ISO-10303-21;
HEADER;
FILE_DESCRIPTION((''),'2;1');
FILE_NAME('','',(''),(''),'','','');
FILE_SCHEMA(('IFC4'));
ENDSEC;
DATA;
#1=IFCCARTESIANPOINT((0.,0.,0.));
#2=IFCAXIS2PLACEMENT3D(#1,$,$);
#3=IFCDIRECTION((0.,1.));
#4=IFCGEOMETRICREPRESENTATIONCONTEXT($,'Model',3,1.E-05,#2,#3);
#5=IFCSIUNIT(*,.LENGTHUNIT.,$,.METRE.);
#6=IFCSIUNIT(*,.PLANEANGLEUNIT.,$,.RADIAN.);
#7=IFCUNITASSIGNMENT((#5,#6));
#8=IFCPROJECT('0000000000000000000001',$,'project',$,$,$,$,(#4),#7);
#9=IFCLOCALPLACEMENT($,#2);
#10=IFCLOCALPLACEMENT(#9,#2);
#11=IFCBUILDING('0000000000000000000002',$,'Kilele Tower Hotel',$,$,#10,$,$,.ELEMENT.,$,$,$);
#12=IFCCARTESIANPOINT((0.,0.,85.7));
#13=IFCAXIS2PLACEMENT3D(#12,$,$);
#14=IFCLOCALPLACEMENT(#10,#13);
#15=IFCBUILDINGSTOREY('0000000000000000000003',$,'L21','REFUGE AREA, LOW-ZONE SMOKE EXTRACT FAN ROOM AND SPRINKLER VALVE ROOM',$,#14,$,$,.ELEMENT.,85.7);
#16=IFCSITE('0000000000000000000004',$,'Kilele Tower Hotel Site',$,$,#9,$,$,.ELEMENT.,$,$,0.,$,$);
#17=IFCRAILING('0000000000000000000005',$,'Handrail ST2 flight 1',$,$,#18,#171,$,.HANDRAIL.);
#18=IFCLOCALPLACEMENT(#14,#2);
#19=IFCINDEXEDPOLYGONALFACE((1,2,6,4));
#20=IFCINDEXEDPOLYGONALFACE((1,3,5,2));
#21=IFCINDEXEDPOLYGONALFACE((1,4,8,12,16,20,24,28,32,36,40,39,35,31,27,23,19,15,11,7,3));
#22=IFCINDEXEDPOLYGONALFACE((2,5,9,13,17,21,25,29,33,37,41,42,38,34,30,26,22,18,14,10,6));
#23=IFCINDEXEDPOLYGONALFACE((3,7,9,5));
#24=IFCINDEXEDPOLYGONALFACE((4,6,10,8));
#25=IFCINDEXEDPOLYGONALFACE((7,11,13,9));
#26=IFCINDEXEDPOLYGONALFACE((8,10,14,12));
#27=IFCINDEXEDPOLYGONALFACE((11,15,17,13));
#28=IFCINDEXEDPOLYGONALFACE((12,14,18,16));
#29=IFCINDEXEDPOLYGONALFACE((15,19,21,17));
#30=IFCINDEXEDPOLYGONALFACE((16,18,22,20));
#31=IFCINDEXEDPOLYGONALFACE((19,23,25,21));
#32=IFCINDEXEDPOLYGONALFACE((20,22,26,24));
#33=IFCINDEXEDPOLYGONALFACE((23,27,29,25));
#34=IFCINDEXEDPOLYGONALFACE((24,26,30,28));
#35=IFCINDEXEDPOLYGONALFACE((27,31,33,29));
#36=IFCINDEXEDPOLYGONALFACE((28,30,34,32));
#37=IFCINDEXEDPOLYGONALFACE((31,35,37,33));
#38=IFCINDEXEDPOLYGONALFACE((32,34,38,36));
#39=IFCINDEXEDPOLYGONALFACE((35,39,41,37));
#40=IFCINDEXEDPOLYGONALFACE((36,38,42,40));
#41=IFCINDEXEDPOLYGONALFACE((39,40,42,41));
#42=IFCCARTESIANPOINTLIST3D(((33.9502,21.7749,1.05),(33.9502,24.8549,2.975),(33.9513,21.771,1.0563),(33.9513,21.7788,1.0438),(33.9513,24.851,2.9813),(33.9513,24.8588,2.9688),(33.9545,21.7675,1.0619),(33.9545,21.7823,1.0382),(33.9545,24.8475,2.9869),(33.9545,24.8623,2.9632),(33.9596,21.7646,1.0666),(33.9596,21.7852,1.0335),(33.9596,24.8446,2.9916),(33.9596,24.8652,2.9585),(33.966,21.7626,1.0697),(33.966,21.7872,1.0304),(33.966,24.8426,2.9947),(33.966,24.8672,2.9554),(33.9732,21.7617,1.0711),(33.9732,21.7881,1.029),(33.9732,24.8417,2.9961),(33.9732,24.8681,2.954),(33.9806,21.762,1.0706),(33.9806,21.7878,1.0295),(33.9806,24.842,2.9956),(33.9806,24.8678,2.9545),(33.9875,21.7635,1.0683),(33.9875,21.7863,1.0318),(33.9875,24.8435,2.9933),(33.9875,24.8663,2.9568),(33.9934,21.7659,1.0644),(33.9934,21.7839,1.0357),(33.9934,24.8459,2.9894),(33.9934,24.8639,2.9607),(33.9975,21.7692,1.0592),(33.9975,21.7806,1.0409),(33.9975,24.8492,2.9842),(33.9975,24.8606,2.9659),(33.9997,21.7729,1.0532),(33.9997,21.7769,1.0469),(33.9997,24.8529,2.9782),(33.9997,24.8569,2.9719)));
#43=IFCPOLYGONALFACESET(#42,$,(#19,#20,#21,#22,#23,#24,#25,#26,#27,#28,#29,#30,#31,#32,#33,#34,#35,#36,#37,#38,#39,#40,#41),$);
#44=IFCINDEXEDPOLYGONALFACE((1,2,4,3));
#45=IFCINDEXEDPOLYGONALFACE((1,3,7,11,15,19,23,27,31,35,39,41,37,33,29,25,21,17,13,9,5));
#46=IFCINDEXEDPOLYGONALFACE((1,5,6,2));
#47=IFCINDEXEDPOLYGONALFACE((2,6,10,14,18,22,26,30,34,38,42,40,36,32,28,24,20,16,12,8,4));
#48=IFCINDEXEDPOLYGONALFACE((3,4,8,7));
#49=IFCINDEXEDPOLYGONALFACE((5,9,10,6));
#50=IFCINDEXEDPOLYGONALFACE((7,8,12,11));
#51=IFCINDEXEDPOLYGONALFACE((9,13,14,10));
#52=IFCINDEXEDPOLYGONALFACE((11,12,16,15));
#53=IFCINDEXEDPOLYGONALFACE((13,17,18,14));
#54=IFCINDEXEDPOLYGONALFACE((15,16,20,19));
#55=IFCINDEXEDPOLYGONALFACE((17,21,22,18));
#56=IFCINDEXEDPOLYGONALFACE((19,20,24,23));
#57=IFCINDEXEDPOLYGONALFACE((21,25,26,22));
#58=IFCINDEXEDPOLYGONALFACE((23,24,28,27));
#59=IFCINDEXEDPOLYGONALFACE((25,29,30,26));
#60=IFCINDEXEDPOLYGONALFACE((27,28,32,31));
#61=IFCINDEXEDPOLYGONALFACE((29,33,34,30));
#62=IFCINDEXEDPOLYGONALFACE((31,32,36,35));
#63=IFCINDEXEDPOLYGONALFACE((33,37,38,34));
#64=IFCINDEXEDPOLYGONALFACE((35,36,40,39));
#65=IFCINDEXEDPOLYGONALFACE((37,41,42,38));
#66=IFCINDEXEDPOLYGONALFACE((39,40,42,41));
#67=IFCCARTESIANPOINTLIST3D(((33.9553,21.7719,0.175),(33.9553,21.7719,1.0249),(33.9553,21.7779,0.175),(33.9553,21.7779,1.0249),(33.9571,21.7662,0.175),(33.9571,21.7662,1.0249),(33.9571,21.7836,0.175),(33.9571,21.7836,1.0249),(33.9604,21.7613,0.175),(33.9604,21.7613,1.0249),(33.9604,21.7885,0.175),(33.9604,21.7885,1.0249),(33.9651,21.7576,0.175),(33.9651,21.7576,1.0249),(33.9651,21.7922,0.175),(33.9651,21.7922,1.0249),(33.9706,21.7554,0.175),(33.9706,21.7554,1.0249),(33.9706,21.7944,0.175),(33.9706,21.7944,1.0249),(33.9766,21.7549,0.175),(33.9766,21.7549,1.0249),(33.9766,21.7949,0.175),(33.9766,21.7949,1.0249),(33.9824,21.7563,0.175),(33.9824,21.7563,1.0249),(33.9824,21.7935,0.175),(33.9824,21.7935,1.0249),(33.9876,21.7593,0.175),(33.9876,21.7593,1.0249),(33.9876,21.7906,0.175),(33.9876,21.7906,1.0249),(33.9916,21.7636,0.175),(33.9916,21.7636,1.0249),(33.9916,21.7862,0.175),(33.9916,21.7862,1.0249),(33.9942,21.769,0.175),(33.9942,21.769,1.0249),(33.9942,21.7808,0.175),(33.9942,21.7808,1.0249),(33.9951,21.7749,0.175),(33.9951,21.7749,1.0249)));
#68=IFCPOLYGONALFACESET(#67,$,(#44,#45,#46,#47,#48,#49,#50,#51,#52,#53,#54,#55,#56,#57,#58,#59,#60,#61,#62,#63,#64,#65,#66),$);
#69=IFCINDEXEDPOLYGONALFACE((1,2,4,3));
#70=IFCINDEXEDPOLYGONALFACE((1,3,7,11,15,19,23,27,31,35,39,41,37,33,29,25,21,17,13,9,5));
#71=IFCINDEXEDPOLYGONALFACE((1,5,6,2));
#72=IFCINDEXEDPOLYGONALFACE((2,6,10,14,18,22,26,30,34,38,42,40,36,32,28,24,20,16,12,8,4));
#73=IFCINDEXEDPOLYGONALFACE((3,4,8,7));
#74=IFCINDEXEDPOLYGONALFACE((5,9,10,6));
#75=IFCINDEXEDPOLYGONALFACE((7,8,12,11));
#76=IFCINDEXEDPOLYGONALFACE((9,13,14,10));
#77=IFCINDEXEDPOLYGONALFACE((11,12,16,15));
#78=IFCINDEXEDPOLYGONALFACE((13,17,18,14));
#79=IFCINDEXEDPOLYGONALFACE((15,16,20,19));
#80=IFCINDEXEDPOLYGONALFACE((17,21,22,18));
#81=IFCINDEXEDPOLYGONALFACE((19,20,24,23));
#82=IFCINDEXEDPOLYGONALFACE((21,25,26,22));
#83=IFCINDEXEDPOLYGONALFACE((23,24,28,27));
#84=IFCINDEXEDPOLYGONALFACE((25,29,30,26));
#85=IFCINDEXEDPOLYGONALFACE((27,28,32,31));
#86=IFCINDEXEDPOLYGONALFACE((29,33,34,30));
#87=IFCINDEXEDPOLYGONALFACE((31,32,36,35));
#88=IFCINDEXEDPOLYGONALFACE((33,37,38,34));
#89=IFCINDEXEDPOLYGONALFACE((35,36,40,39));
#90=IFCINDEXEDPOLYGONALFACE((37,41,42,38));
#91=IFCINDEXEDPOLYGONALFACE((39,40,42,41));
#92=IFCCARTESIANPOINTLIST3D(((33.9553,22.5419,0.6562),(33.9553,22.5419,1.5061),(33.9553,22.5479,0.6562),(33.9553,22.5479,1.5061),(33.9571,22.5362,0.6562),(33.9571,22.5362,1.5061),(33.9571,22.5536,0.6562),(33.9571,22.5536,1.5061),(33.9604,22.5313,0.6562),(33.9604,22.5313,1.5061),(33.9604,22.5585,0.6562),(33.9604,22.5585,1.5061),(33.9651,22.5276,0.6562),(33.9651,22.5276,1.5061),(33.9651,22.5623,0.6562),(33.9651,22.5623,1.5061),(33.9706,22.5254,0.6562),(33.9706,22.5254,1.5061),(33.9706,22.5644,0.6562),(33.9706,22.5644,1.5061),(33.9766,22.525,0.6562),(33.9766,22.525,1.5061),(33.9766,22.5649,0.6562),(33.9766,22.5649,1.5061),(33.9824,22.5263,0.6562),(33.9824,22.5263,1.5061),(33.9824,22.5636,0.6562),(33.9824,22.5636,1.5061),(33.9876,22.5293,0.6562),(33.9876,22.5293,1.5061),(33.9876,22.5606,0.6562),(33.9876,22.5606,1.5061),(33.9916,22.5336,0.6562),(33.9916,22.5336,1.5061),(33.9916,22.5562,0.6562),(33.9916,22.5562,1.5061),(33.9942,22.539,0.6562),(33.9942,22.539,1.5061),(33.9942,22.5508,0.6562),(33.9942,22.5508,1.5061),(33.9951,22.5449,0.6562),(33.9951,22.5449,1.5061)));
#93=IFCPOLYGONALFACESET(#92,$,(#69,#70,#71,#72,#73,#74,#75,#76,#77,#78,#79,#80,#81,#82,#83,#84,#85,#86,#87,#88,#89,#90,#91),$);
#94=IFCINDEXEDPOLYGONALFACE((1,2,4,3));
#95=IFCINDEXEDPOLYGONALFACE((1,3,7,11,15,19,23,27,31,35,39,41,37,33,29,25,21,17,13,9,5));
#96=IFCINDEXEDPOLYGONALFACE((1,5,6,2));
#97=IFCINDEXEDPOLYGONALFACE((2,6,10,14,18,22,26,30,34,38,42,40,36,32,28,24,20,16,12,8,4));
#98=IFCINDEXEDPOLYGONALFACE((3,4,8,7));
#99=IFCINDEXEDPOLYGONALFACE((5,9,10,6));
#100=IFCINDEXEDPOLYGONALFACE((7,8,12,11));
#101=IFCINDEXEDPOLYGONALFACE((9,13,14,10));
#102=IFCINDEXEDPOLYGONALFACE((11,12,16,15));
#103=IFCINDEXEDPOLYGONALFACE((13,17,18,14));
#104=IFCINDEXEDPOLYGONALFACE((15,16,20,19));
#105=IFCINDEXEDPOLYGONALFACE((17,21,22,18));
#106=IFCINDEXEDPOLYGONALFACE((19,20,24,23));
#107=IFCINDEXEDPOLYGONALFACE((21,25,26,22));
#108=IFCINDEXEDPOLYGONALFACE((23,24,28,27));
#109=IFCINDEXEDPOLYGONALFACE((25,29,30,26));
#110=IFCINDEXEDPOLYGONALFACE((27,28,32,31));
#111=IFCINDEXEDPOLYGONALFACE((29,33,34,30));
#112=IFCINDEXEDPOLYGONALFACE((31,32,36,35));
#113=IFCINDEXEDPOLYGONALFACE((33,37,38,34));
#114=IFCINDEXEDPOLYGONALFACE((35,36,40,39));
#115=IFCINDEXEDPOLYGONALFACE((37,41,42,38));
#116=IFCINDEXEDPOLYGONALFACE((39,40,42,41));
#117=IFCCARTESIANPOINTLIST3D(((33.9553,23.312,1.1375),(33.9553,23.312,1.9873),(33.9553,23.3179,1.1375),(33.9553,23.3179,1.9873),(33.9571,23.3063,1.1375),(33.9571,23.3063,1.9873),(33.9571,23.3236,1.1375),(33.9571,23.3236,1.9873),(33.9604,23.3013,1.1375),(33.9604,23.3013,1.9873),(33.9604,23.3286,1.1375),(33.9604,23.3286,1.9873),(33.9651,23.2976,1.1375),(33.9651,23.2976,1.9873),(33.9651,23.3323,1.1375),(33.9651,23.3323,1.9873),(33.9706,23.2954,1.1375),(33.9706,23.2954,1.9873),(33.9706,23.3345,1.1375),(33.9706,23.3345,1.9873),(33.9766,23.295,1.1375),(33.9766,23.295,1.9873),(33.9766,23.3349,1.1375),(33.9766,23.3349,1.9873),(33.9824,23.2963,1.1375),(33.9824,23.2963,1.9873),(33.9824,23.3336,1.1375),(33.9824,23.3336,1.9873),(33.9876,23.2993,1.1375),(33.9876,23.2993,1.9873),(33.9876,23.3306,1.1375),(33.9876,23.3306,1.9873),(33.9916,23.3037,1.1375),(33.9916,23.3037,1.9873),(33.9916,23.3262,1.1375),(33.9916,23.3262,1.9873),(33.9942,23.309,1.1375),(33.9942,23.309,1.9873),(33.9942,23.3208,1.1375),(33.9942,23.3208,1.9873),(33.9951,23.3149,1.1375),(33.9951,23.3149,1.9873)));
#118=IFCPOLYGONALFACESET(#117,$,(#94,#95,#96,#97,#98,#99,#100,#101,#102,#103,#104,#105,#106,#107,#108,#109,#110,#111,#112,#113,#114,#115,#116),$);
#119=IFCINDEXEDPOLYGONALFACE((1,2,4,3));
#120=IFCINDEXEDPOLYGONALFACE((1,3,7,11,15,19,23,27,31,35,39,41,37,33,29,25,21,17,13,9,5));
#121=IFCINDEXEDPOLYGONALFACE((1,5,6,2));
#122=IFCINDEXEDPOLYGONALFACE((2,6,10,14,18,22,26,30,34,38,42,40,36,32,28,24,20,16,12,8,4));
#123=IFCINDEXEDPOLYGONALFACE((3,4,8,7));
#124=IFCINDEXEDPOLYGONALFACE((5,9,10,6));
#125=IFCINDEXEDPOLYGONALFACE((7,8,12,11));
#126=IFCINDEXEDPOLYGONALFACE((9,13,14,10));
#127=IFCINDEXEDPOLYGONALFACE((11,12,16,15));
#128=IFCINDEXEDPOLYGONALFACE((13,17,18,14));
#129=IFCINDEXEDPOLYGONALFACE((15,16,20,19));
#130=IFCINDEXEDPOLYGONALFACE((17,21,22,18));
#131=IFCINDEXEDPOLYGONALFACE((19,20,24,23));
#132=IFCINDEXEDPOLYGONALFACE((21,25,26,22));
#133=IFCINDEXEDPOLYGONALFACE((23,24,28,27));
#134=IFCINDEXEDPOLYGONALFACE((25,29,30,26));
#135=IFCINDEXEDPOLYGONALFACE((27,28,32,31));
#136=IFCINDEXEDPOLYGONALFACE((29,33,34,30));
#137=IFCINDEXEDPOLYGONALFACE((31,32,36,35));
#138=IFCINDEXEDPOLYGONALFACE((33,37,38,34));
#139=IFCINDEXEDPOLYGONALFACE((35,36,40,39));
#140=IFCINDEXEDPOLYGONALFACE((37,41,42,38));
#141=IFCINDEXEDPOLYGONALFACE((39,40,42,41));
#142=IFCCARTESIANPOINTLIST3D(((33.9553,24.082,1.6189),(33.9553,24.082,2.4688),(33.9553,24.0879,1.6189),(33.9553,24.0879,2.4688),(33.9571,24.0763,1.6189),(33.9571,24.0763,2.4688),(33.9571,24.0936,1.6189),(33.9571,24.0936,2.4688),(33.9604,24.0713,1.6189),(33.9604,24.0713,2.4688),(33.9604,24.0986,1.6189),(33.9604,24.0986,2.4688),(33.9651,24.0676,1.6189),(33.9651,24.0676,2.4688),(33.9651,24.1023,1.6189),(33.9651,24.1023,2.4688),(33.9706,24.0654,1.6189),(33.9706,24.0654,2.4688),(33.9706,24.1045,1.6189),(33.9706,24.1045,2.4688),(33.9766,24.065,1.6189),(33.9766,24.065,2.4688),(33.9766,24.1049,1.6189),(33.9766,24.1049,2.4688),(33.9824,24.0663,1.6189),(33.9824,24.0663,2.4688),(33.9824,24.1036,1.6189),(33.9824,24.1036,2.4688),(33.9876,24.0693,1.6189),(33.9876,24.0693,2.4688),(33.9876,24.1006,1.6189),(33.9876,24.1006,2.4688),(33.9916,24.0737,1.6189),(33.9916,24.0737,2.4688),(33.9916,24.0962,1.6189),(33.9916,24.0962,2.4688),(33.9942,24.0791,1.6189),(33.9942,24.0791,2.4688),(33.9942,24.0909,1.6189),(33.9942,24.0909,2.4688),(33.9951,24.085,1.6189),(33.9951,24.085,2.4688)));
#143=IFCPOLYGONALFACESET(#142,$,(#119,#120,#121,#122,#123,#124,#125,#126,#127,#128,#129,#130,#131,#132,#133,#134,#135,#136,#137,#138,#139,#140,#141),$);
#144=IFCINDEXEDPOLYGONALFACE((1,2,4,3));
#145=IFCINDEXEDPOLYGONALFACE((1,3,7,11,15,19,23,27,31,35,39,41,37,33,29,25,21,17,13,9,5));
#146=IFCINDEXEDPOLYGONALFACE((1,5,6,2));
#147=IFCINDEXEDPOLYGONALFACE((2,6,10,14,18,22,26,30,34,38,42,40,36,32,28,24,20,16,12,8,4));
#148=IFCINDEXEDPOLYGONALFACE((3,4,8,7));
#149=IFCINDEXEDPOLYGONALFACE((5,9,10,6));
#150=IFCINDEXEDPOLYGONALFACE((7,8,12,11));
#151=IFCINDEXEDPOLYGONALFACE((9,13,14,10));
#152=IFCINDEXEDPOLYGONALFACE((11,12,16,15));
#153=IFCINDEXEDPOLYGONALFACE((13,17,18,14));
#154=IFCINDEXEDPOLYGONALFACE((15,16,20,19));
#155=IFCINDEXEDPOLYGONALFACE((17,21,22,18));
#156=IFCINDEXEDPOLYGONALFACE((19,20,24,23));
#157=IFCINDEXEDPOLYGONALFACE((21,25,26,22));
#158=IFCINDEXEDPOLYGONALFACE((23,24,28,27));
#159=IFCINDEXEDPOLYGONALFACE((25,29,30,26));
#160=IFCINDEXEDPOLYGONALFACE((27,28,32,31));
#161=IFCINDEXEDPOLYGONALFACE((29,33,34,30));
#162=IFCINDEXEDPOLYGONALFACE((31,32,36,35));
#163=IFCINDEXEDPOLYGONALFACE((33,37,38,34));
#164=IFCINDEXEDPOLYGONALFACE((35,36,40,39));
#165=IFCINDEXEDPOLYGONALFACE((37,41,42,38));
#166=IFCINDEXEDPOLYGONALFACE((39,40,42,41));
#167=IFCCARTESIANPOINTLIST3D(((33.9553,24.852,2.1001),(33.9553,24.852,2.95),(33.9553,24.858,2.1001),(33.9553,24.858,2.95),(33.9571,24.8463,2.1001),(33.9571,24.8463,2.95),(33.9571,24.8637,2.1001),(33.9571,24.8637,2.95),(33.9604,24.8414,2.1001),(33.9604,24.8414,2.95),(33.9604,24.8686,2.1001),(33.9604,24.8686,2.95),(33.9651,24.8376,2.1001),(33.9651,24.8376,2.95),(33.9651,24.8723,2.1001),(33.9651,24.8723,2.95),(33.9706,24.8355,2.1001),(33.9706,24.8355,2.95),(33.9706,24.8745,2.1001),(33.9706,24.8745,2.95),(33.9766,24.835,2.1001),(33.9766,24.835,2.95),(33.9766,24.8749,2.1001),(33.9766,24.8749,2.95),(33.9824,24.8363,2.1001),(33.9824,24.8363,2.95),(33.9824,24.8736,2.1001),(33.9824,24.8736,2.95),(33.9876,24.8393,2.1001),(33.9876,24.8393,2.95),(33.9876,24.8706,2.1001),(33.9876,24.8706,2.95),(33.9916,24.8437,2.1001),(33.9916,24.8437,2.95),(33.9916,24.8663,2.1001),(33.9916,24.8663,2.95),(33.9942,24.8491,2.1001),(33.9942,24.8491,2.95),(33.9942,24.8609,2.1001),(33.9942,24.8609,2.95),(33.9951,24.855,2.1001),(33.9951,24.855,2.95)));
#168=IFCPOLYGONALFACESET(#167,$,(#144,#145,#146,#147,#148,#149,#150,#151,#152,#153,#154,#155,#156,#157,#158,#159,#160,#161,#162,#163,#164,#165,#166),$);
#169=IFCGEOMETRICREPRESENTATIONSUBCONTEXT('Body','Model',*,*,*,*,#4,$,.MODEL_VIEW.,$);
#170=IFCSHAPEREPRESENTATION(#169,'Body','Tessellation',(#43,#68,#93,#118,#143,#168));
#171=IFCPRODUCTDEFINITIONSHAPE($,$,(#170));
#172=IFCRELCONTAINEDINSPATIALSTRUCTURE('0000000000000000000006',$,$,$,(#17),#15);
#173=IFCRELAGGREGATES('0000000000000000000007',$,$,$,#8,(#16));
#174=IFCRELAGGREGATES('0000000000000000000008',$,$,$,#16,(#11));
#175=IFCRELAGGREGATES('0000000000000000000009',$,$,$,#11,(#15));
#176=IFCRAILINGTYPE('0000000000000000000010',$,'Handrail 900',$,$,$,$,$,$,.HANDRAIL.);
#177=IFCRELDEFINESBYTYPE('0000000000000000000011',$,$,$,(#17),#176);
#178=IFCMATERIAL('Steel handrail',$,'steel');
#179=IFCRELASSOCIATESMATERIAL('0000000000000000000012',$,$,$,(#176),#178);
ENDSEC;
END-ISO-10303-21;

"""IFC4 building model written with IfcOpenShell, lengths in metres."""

from ifc_helpers import new_model, si_unit, direction, frame, origin, origin_2d, place, context, subcontext, project, spatial, circle, extrude, material, type_object, element, save


model = new_model("IFC4")

# Units and contexts
model_context = context("Model", 3, precision=1e-05, world=origin(), true_north=direction((0.0, 1.0)))
body_context = subcontext(model_context, "Body", "Model", "MODEL_VIEW")
ifc_project = project(units=[si_unit("LENGTHUNIT", "METRE"), si_unit("PLANEANGLEUNIT", "RADIAN")], contexts=[model_context])

# Site, building, storey
site_placement = place(None, origin())
site = spatial("IfcSite", under=ifc_project, at=site_placement, Name="Kilele Tower Hotel Site", CompositionType="ELEMENT", RefElevation=0.0)
building_placement = place(site_placement, origin())
building = spatial("IfcBuilding", under=site, at=building_placement, Name="Kilele Tower Hotel", CompositionType="ELEMENT")
storey_placement = place(building_placement, frame((0.0, 0.0, 85.7)))
storey = spatial("IfcBuildingStorey", under=building, at=storey_placement, Name="L21", Description="REFUGE AREA, LOW-ZONE SMOKE EXTRACT FAN ROOM AND SPRINKLER VALVE ROOM", CompositionType="ELEMENT", Elevation=85.7)

# Railing
ifc_material_1 = material(Name="Steel handrail", Category="steel")
railing_type_1 = type_object("IfcRailingType", Name="Handrail 900", PredefinedType="HANDRAIL", material=ifc_material_1)
for number, where, name in (
    (1, (33.9751, 21.7749, 0.175), "Handrail ST2 flight 1"),
):
    element("IfcRailing", number, at=place(storey_placement, frame(where)), inside=storey, type_object=railing_type_1, Name=name, PredefinedType="HANDRAIL", context=body_context, shape_type="SweptSolid", body=[
        extrude(circle(Radius=0.0249, at=origin_2d()), frame((0.0, 0.0, 0.875), z_axis=(0.0, 0.847998, 0.529999), x_axis=(-1.0, 0.0, 0.0)), (0.0, 0.0, 1.0), 3.6321),
        extrude(circle(Radius=0.02, at=origin_2d()), origin(), (0.0, 0.0, 1.0), 0.8499),
        extrude(circle(Radius=0.02, at=origin_2d()), frame((0.0, 0.77, 0.4812)), (0.0, 0.0, 1.0), 0.8499),
        extrude(circle(Radius=0.02, at=origin_2d()), frame((0.0, 1.54, 0.9624)), (0.0, 0.0, 1.0), 0.8499),
        extrude(circle(Radius=0.02, at=origin_2d()), frame((0.0, 2.3101, 1.4438)), (0.0, 0.0, 1.0), 0.8499),
        extrude(circle(Radius=0.02, at=origin_2d()), frame((0.0, 3.0801, 1.925)), (0.0, 0.0, 1.0), 0.8499),
    ])

save(model, "model.ifc")
